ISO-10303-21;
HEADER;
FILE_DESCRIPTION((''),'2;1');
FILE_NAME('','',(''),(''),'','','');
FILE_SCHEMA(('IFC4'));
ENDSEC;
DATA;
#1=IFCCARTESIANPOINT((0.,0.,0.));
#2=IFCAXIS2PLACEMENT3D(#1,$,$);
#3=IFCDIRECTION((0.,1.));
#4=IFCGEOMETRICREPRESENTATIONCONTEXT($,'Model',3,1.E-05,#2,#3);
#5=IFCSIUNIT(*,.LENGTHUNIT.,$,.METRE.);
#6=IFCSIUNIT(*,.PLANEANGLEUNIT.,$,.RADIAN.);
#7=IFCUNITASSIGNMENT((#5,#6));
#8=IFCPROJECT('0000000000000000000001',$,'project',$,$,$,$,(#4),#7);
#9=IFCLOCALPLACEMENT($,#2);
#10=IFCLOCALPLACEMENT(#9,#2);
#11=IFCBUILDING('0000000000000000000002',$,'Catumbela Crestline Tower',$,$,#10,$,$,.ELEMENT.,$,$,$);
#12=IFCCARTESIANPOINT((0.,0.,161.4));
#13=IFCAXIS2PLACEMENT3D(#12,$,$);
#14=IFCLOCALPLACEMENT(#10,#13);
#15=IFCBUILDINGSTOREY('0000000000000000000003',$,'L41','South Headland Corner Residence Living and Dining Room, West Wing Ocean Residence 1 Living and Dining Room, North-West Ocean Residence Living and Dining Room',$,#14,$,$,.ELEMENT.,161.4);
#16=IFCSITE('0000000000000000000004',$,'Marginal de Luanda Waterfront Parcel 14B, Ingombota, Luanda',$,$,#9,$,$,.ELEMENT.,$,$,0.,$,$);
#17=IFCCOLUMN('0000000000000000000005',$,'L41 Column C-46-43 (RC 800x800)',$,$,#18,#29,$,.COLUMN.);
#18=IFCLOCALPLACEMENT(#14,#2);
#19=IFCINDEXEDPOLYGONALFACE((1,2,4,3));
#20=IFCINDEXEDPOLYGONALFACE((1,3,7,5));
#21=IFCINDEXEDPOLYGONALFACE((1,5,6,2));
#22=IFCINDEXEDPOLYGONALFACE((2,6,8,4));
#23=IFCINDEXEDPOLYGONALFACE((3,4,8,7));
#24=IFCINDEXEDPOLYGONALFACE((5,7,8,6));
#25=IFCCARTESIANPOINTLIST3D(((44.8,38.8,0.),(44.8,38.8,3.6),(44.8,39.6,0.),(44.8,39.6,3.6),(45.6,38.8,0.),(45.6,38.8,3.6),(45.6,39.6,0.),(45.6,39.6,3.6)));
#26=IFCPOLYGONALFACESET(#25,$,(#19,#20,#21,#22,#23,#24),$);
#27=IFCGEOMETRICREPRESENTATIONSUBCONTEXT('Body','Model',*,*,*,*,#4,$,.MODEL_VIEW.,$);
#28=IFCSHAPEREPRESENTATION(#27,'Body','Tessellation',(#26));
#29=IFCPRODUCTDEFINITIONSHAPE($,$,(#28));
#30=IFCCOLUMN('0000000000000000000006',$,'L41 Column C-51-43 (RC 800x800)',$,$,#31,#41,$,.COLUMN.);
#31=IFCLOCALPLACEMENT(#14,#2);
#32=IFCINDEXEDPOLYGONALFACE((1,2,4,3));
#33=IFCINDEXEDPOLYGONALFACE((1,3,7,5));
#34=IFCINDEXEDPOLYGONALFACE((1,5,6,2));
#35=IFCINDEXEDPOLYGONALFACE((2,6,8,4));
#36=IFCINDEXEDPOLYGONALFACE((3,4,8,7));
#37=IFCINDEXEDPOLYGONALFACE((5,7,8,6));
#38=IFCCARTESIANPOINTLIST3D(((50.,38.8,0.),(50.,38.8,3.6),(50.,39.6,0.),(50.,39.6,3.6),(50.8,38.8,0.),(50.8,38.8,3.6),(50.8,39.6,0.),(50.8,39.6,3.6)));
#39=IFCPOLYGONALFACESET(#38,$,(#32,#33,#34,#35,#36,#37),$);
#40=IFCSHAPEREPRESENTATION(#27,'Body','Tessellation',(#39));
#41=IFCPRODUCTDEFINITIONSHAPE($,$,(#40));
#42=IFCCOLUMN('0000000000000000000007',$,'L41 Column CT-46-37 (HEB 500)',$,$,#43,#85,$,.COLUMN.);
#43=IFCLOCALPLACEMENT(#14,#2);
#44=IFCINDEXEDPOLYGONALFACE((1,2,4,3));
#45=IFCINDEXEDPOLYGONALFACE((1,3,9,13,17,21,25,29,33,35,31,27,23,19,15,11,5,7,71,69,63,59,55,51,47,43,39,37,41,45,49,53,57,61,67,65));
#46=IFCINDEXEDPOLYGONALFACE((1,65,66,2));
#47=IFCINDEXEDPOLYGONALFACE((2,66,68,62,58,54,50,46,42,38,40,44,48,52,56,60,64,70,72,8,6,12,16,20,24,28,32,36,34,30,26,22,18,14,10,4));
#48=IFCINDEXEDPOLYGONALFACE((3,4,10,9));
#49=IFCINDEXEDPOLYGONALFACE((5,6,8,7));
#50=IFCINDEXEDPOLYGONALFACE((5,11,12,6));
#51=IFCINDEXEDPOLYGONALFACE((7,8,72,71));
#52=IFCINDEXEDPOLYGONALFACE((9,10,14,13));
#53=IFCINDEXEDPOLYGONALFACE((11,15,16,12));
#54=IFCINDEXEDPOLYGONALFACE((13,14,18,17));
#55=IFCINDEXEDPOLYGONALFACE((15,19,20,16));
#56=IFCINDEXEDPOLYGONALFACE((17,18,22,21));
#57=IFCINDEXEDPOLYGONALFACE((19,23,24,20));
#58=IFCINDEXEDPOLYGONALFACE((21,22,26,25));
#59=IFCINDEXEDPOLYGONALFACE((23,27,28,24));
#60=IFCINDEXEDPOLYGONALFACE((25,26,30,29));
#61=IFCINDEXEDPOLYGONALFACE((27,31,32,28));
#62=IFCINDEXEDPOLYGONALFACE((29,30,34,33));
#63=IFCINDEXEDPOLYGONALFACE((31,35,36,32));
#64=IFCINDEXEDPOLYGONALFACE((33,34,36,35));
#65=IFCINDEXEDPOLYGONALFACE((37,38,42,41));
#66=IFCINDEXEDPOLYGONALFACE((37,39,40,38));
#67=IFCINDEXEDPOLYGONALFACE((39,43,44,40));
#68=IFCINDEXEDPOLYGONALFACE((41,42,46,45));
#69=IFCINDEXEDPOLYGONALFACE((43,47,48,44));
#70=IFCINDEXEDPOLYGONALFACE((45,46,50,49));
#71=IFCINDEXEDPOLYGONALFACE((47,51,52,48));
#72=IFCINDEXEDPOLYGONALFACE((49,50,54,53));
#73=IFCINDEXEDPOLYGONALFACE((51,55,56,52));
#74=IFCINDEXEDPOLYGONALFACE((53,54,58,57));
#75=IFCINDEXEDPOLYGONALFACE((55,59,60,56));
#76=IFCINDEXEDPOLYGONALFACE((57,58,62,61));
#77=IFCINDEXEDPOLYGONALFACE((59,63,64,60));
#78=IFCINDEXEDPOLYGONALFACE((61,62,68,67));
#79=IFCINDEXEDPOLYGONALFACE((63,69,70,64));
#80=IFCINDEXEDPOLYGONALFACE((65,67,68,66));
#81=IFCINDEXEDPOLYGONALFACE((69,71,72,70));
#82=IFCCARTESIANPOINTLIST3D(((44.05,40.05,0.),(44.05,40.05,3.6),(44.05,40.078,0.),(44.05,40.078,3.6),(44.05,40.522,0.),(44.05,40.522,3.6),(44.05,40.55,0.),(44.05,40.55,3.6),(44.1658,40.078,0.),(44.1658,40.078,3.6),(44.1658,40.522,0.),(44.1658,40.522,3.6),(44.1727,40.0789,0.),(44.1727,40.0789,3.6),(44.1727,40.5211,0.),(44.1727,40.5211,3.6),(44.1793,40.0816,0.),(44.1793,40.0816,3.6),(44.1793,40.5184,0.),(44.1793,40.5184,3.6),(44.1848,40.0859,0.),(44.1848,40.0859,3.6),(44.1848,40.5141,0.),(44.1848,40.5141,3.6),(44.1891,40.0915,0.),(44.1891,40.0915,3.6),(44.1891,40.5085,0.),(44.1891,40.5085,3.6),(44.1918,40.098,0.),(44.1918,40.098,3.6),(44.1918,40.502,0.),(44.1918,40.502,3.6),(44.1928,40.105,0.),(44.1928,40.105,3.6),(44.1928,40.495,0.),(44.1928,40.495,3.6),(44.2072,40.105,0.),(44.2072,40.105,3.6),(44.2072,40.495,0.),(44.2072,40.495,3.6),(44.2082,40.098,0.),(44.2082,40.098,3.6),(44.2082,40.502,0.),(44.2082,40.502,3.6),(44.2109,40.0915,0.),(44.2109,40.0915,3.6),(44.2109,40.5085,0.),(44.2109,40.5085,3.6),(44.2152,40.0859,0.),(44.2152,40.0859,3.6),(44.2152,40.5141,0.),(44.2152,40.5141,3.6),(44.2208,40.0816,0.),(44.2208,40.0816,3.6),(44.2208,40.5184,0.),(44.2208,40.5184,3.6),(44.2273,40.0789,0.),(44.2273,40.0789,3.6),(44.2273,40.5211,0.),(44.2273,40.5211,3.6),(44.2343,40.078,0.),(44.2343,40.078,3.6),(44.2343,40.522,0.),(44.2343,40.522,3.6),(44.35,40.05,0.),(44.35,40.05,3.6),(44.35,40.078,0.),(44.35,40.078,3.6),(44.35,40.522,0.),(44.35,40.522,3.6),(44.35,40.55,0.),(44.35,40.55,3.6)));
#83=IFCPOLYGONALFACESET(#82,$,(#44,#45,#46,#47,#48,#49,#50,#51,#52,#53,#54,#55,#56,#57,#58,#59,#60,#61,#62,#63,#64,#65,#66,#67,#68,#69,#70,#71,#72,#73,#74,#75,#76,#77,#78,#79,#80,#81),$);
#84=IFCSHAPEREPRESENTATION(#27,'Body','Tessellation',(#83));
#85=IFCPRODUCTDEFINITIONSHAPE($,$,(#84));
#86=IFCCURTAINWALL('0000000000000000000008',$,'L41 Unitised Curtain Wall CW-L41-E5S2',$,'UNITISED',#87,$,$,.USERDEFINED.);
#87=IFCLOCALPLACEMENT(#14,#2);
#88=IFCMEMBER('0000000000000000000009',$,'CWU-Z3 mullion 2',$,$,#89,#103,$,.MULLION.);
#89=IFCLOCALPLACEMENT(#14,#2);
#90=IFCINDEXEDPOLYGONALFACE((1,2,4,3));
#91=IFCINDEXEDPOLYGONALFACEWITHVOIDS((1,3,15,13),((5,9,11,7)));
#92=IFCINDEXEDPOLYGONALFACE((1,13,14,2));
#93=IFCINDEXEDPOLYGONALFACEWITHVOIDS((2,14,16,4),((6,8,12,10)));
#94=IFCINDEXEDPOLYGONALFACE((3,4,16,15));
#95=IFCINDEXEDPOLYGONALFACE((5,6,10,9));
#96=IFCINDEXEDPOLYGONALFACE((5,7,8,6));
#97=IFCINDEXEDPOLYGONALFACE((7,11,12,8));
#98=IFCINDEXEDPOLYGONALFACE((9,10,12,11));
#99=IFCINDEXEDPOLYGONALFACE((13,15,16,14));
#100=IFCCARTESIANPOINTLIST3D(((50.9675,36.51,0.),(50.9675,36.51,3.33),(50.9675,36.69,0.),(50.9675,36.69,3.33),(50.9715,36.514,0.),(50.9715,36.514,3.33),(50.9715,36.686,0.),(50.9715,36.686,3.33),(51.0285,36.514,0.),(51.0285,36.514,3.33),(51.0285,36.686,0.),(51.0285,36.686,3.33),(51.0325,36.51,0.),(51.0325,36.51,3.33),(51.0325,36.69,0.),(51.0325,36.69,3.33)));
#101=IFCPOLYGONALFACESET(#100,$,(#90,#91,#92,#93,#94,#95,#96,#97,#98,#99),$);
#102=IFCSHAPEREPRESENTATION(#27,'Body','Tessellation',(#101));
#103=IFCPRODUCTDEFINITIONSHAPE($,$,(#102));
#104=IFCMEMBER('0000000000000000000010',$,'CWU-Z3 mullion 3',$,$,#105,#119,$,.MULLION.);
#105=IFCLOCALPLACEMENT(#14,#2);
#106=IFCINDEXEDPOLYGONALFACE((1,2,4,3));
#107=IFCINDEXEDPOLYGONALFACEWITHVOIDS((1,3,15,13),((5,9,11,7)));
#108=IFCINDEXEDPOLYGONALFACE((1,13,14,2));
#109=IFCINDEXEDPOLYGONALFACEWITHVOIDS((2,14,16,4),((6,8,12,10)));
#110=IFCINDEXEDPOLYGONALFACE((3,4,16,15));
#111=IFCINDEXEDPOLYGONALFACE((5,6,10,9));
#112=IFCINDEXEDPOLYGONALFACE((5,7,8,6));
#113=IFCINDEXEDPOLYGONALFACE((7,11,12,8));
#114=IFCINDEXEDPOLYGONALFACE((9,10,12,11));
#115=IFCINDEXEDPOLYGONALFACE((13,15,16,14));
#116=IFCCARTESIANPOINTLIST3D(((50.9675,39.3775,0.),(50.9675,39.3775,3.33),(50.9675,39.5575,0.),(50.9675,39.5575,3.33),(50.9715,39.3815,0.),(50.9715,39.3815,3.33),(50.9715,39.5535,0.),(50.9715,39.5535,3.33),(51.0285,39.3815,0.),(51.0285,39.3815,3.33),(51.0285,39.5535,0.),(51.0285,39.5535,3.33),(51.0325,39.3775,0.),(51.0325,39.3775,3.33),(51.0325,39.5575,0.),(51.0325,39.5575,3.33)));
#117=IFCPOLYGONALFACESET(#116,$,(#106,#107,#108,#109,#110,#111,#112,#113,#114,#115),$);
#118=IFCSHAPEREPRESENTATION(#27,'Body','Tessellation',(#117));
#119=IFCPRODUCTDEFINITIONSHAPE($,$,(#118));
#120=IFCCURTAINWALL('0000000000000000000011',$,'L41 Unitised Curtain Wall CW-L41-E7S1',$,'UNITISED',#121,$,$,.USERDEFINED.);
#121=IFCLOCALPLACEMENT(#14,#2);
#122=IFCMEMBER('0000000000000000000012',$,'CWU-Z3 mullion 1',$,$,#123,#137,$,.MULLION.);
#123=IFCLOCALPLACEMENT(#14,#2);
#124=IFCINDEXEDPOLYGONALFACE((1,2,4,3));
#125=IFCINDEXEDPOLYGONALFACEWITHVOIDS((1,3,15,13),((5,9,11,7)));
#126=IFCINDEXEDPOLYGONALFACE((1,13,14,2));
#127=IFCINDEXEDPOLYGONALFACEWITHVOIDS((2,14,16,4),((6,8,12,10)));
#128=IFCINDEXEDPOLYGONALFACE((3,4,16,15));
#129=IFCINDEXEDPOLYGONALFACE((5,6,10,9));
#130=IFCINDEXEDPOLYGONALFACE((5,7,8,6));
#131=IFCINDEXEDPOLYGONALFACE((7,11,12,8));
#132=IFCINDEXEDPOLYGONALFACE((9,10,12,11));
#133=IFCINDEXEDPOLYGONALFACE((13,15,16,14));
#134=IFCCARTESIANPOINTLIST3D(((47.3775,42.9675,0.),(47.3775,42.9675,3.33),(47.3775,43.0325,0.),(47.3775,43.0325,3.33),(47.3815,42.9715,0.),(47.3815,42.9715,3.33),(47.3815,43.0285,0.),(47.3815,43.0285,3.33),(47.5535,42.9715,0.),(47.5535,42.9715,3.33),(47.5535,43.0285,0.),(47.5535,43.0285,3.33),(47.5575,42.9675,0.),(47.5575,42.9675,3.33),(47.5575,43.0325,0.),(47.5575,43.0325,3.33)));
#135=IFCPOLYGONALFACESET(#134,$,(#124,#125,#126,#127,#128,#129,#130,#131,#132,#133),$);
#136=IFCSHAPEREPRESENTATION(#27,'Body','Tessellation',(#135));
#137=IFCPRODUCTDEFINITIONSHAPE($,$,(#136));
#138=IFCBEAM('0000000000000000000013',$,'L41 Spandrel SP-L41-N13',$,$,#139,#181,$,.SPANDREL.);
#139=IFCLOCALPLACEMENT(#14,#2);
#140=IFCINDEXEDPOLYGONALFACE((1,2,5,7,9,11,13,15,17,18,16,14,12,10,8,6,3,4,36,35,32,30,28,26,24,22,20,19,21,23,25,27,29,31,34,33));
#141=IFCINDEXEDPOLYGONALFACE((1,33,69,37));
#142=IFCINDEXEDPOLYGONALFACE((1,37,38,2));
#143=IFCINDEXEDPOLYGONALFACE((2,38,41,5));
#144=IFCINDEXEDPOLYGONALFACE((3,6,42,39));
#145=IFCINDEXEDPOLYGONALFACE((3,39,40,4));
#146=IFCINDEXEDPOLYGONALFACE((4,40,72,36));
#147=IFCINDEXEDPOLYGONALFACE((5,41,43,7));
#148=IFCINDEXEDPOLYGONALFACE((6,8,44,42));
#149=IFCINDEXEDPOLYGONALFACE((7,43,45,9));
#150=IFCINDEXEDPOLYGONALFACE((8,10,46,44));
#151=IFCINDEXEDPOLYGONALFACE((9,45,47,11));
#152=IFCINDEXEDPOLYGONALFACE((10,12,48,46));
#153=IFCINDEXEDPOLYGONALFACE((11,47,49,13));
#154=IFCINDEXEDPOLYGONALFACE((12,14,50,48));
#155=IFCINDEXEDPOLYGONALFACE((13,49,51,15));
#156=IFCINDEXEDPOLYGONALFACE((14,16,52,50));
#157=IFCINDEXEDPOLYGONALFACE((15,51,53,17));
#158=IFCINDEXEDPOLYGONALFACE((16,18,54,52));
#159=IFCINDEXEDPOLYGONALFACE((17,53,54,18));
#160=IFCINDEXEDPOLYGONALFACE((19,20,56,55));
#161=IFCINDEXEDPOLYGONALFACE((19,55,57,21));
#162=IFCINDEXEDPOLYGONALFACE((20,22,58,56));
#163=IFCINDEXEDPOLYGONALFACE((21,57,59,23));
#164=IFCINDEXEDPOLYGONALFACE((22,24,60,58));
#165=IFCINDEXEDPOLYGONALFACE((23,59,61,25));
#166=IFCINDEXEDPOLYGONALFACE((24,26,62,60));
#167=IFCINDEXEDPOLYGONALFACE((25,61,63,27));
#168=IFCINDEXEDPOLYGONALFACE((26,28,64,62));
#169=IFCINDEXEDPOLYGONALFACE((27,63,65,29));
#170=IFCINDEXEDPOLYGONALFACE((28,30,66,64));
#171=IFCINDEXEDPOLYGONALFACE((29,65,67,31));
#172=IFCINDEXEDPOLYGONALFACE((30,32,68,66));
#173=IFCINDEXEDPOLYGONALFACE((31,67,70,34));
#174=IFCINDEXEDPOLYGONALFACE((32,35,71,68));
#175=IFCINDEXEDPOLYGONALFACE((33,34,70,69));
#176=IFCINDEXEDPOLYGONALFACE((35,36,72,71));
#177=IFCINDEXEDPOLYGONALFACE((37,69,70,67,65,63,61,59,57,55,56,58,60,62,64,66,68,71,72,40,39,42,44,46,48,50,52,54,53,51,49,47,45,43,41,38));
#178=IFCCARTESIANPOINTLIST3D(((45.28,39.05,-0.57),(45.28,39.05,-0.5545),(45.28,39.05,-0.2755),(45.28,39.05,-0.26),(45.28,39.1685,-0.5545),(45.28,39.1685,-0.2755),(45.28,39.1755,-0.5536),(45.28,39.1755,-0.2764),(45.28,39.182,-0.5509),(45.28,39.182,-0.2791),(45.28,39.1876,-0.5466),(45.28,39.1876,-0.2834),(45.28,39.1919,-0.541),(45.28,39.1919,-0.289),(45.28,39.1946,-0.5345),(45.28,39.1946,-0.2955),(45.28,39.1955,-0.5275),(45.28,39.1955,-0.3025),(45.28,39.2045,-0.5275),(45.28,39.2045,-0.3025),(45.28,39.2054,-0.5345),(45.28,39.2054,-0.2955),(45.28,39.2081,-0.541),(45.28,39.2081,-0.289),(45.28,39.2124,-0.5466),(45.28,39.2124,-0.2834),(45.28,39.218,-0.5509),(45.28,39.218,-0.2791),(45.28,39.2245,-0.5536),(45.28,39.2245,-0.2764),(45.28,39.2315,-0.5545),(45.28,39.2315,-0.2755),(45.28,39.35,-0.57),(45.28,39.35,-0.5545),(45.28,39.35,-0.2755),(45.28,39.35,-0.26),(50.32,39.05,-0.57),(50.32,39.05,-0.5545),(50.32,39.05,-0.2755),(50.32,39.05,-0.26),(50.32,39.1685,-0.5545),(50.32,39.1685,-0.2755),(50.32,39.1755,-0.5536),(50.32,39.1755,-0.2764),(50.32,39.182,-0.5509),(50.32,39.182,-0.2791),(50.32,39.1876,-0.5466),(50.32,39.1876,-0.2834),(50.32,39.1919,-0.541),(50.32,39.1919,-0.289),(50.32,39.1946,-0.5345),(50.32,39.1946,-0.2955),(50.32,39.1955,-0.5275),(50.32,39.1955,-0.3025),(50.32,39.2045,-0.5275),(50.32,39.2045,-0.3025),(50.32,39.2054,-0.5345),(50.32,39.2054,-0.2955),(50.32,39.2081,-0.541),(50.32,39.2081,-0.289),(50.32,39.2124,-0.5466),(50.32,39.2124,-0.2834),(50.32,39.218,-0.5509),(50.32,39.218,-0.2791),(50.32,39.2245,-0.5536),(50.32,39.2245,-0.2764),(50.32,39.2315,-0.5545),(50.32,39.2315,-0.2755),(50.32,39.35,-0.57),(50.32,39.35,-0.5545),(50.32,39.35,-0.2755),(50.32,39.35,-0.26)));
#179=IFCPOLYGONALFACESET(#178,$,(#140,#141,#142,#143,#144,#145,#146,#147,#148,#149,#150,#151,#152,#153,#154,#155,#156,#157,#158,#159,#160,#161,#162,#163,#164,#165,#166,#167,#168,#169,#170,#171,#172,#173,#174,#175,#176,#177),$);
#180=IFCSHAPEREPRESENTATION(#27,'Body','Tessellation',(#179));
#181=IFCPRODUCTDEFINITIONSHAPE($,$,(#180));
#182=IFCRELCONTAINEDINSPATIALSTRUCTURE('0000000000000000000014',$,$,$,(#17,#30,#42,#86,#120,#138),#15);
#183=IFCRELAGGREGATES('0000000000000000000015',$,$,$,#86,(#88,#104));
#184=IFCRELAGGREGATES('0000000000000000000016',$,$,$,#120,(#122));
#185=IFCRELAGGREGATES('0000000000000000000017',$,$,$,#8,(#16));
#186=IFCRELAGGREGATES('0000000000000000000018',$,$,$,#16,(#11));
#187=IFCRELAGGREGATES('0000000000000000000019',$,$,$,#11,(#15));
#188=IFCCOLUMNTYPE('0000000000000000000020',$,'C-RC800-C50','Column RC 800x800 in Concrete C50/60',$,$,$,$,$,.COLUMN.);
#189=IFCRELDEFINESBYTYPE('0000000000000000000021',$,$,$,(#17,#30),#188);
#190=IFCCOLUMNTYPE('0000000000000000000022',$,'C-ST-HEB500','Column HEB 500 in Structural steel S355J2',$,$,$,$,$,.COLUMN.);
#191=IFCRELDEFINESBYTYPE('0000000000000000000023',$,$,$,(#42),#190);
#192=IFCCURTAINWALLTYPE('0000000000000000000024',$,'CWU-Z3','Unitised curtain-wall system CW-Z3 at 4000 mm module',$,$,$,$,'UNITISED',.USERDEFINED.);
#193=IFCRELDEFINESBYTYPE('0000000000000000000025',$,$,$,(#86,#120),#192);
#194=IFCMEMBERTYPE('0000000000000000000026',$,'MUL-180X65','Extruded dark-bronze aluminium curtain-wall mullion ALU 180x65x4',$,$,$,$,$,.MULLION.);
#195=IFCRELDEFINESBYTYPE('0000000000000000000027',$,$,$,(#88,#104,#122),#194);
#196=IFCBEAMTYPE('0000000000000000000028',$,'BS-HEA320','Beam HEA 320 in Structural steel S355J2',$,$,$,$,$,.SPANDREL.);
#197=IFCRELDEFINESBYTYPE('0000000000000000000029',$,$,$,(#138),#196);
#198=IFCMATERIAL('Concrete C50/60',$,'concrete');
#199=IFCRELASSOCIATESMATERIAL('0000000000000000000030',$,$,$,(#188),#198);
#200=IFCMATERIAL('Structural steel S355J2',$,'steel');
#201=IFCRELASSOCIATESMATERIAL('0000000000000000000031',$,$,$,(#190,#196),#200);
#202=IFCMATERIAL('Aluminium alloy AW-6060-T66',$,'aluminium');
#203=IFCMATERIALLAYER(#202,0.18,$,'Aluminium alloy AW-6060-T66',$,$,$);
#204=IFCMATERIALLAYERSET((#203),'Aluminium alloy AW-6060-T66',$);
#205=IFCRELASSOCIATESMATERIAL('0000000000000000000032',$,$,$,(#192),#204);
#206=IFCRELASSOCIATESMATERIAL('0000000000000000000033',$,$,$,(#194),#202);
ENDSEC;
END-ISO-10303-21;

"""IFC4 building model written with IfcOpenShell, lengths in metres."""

from ifc_helpers import new_model, si_unit, direction, frame, origin, origin_2d, place, context, subcontext, project, spatial, rectangle, hollow_rectangle, i_section, extrude, material, layer, layer_set, material_profile, profile_set, type_object, element, aggregate, save


model = new_model("IFC4")

# Units and contexts
model_context = context("Model", 3, precision=1e-05, world=origin(), true_north=direction((0.0, 1.0)))
body_context = subcontext(model_context, "Body", "Model", "MODEL_VIEW")
ifc_project = project(units=[si_unit("LENGTHUNIT", "METRE"), si_unit("PLANEANGLEUNIT", "RADIAN")], contexts=[model_context])

# Site, building, storey
site_placement = place(None, origin())
site = spatial("IfcSite", under=ifc_project, at=site_placement, Name="Marginal de Luanda Waterfront Parcel 14B, Ingombota, Luanda", CompositionType="ELEMENT", RefElevation=0.0)
building_placement = place(site_placement, origin())
building = spatial("IfcBuilding", under=site, at=building_placement, Name="Catumbela Crestline Tower", CompositionType="ELEMENT")
storey_placement = place(building_placement, frame((0.0, 0.0, 161.4)))
storey = spatial("IfcBuildingStorey", under=building, at=storey_placement, Name="L41", Description="South Headland Corner Residence Living and Dining Room, West Wing Ocean Residence 1 Living and Dining Room, North-West Ocean Residence Living and Dining Room", CompositionType="ELEMENT", Elevation=161.4)

# Columns
ifc_material_1 = material(Name="Concrete C50/60", Category="concrete")
ifc_material_profile_1 = material_profile(ifc_material_1, rectangle(XDim=0.8, YDim=0.8, at=origin_2d()), Name="RC 800x800")
ifc_profile_set_1 = profile_set([ifc_material_profile_1], Name="Concrete C50/60")
column_type_1 = type_object("IfcColumnType", Name="C-RC800-C50", Description="Column RC 800x800 in Concrete C50/60", PredefinedType="COLUMN", material=ifc_profile_set_1)
for number, where, z_axis, x_axis, name in (
    (1, (45.2, 39.2, 0.0), (0.0, 0.0, 1.0), (1.0, 0.0, 0.0), "L41 Column C-46-43 (RC 800x800)"),
    (2, (50.4, 39.2, 0.0), (0.0, 0.0, 1.0), (1.0, 0.0, 0.0), "L41 Column C-51-43 (RC 800x800)"),
):
    element("IfcColumn", number, at=place(storey_placement, frame(where, z_axis=z_axis, x_axis=x_axis)), inside=storey, type_object=column_type_1, Name=name, PredefinedType="COLUMN", context=body_context, shape_type="SweptSolid", body=[
        extrude(rectangle(XDim=0.8, YDim=0.8, at=origin_2d()), origin(), (0.0, 0.0, 1.0), 3.6),
    ])
ifc_material_2 = material(Name="Structural steel S355J2", Category="steel")
ifc_material_profile_2 = material_profile(ifc_material_2, i_section(OverallWidth=0.3, OverallDepth=0.5, WebThickness=0.0145, FlangeThickness=0.028, FilletRadius=0.027, at=origin_2d()), Name="HEB 500")
ifc_profile_set_2 = profile_set([ifc_material_profile_2], Name="Structural steel S355J2")
column_type_2 = type_object("IfcColumnType", Name="C-ST-HEB500", Description="Column HEB 500 in Structural steel S355J2", PredefinedType="COLUMN", material=ifc_profile_set_2)
column_placement = place(storey_placement, frame((44.2, 40.3, 0.0), z_axis=(0.0, 0.0, 1.0), x_axis=(1.0, 0.0, 0.0)))
element("IfcColumn", 3, at=column_placement, inside=storey, type_object=column_type_2, Name="L41 Column CT-46-37 (HEB 500)", PredefinedType="COLUMN", context=body_context, shape_type="SweptSolid", body=[
    extrude(i_section(OverallWidth=0.3, OverallDepth=0.5, WebThickness=0.0145, FlangeThickness=0.028, FilletRadius=0.027, at=origin_2d()), origin(), (0.0, 0.0, 1.0), 3.6),
])

# Curtain wall, members
ifc_material_3 = material(Name="Aluminium alloy AW-6060-T66", Category="aluminium")
ifc_layer_1 = layer(ifc_material_3, 0.18, Name="Aluminium alloy AW-6060-T66")
ifc_layer_set_1 = layer_set([ifc_layer_1], Name="Aluminium alloy AW-6060-T66")
curtain_wall_type = type_object("IfcCurtainWallType", Name="CWU-Z3", Description="Unitised curtain-wall system CW-Z3 at 4000 mm module", ElementType="UNITISED", PredefinedType="USERDEFINED", material=ifc_layer_set_1)
curtain_wall_1_placement = place(storey_placement, origin())
curtain_wall_1 = element("IfcCurtainWall", 4, at=curtain_wall_1_placement, inside=storey, type_object=curtain_wall_type, Name="L41 Unitised Curtain Wall CW-L41-E5S2", ObjectType="UNITISED", PredefinedType="USERDEFINED")
ifc_material_profile_3 = material_profile(ifc_material_3, hollow_rectangle(XDim=0.065, YDim=0.18, WallThickness=0.004, at=origin_2d()), Name="ALU 180x65x4")
ifc_profile_set_3 = profile_set([ifc_material_profile_3], Name="Aluminium alloy AW-6060-T66")
member_type_1 = type_object("IfcMemberType", Name="MUL-180X65", Description="Extruded dark-bronze aluminium curtain-wall mullion ALU 180x65x4", PredefinedType="MULLION", material=ifc_profile_set_3)
member_1_placement = place(storey_placement, frame((51.0, 36.6, 0.0), z_axis=(0.0, 0.0, 1.0), x_axis=(-1.0, 0.0, 0.0)))
member_1 = element("IfcMember", 5, at=member_1_placement, type_object=member_type_1, Name="CWU-Z3 mullion 2", PredefinedType="MULLION", context=body_context, shape_type="SweptSolid", body=[
    extrude(hollow_rectangle(XDim=0.065, YDim=0.18, WallThickness=0.004, at=origin_2d()), origin(), (0.0, 0.0, 1.0), 3.33),
])
member_2_placement = place(storey_placement, frame((51.0, 39.4675, 0.0), z_axis=(0.0, 0.0, 1.0), x_axis=(-1.0, 0.0, 0.0)))
member_2 = element("IfcMember", 6, at=member_2_placement, type_object=member_type_1, Name="CWU-Z3 mullion 3", PredefinedType="MULLION", context=body_context, shape_type="SweptSolid", body=[
    extrude(hollow_rectangle(XDim=0.065, YDim=0.18, WallThickness=0.004, at=origin_2d()), origin(), (0.0, 0.0, 1.0), 3.33),
])

# Curtain wall, member
curtain_wall_2_placement = place(storey_placement, origin())
curtain_wall_2 = element("IfcCurtainWall", 7, at=curtain_wall_2_placement, inside=storey, type_object=curtain_wall_type, Name="L41 Unitised Curtain Wall CW-L41-E7S1", ObjectType="UNITISED", PredefinedType="USERDEFINED")
member_3_placement = place(storey_placement, frame((47.4675, 43.0, 0.0), z_axis=(0.0, 0.0, 1.0), x_axis=(0.0, -1.0, 0.0)))
member_3 = element("IfcMember", 8, at=member_3_placement, type_object=member_type_1, Name="CWU-Z3 mullion 1", PredefinedType="MULLION", context=body_context, shape_type="SweptSolid", body=[
    extrude(hollow_rectangle(XDim=0.065, YDim=0.18, WallThickness=0.004, at=origin_2d()), origin(), (0.0, 0.0, 1.0), 3.33),
])

# Beam
ifc_material_profile_4 = material_profile(ifc_material_2, i_section(OverallWidth=0.3, OverallDepth=0.31, WebThickness=0.009, FlangeThickness=0.0155, FilletRadius=0.027, at=origin_2d()), Name="HEA 320")
ifc_profile_set_4 = profile_set([ifc_material_profile_4], Name="Structural steel S355J2")
beam_type = type_object("IfcBeamType", Name="BS-HEA320", Description="Beam HEA 320 in Structural steel S355J2", PredefinedType="SPANDREL", material=ifc_profile_set_4)
beam_1_placement = place(storey_placement, frame((45.28, 39.2, -0.415), z_axis=(1.0, 0.0, 0.0), x_axis=(0.0, 1.0, 0.0)))
element("IfcBeam", 9, at=beam_1_placement, inside=storey, type_object=beam_type, Name="L41 Spandrel SP-L41-N13", PredefinedType="SPANDREL", context=body_context, shape_type="SweptSolid", body=[
    extrude(i_section(OverallWidth=0.3, OverallDepth=0.31, WebThickness=0.009, FlangeThickness=0.0155, FilletRadius=0.027, at=origin_2d()), origin(), (0.0, 0.0, 1.0), 5.04),
])

aggregate(curtain_wall_1, [member_1, member_2])
aggregate(curtain_wall_2, [member_3])

save(model, "model.ifc")
